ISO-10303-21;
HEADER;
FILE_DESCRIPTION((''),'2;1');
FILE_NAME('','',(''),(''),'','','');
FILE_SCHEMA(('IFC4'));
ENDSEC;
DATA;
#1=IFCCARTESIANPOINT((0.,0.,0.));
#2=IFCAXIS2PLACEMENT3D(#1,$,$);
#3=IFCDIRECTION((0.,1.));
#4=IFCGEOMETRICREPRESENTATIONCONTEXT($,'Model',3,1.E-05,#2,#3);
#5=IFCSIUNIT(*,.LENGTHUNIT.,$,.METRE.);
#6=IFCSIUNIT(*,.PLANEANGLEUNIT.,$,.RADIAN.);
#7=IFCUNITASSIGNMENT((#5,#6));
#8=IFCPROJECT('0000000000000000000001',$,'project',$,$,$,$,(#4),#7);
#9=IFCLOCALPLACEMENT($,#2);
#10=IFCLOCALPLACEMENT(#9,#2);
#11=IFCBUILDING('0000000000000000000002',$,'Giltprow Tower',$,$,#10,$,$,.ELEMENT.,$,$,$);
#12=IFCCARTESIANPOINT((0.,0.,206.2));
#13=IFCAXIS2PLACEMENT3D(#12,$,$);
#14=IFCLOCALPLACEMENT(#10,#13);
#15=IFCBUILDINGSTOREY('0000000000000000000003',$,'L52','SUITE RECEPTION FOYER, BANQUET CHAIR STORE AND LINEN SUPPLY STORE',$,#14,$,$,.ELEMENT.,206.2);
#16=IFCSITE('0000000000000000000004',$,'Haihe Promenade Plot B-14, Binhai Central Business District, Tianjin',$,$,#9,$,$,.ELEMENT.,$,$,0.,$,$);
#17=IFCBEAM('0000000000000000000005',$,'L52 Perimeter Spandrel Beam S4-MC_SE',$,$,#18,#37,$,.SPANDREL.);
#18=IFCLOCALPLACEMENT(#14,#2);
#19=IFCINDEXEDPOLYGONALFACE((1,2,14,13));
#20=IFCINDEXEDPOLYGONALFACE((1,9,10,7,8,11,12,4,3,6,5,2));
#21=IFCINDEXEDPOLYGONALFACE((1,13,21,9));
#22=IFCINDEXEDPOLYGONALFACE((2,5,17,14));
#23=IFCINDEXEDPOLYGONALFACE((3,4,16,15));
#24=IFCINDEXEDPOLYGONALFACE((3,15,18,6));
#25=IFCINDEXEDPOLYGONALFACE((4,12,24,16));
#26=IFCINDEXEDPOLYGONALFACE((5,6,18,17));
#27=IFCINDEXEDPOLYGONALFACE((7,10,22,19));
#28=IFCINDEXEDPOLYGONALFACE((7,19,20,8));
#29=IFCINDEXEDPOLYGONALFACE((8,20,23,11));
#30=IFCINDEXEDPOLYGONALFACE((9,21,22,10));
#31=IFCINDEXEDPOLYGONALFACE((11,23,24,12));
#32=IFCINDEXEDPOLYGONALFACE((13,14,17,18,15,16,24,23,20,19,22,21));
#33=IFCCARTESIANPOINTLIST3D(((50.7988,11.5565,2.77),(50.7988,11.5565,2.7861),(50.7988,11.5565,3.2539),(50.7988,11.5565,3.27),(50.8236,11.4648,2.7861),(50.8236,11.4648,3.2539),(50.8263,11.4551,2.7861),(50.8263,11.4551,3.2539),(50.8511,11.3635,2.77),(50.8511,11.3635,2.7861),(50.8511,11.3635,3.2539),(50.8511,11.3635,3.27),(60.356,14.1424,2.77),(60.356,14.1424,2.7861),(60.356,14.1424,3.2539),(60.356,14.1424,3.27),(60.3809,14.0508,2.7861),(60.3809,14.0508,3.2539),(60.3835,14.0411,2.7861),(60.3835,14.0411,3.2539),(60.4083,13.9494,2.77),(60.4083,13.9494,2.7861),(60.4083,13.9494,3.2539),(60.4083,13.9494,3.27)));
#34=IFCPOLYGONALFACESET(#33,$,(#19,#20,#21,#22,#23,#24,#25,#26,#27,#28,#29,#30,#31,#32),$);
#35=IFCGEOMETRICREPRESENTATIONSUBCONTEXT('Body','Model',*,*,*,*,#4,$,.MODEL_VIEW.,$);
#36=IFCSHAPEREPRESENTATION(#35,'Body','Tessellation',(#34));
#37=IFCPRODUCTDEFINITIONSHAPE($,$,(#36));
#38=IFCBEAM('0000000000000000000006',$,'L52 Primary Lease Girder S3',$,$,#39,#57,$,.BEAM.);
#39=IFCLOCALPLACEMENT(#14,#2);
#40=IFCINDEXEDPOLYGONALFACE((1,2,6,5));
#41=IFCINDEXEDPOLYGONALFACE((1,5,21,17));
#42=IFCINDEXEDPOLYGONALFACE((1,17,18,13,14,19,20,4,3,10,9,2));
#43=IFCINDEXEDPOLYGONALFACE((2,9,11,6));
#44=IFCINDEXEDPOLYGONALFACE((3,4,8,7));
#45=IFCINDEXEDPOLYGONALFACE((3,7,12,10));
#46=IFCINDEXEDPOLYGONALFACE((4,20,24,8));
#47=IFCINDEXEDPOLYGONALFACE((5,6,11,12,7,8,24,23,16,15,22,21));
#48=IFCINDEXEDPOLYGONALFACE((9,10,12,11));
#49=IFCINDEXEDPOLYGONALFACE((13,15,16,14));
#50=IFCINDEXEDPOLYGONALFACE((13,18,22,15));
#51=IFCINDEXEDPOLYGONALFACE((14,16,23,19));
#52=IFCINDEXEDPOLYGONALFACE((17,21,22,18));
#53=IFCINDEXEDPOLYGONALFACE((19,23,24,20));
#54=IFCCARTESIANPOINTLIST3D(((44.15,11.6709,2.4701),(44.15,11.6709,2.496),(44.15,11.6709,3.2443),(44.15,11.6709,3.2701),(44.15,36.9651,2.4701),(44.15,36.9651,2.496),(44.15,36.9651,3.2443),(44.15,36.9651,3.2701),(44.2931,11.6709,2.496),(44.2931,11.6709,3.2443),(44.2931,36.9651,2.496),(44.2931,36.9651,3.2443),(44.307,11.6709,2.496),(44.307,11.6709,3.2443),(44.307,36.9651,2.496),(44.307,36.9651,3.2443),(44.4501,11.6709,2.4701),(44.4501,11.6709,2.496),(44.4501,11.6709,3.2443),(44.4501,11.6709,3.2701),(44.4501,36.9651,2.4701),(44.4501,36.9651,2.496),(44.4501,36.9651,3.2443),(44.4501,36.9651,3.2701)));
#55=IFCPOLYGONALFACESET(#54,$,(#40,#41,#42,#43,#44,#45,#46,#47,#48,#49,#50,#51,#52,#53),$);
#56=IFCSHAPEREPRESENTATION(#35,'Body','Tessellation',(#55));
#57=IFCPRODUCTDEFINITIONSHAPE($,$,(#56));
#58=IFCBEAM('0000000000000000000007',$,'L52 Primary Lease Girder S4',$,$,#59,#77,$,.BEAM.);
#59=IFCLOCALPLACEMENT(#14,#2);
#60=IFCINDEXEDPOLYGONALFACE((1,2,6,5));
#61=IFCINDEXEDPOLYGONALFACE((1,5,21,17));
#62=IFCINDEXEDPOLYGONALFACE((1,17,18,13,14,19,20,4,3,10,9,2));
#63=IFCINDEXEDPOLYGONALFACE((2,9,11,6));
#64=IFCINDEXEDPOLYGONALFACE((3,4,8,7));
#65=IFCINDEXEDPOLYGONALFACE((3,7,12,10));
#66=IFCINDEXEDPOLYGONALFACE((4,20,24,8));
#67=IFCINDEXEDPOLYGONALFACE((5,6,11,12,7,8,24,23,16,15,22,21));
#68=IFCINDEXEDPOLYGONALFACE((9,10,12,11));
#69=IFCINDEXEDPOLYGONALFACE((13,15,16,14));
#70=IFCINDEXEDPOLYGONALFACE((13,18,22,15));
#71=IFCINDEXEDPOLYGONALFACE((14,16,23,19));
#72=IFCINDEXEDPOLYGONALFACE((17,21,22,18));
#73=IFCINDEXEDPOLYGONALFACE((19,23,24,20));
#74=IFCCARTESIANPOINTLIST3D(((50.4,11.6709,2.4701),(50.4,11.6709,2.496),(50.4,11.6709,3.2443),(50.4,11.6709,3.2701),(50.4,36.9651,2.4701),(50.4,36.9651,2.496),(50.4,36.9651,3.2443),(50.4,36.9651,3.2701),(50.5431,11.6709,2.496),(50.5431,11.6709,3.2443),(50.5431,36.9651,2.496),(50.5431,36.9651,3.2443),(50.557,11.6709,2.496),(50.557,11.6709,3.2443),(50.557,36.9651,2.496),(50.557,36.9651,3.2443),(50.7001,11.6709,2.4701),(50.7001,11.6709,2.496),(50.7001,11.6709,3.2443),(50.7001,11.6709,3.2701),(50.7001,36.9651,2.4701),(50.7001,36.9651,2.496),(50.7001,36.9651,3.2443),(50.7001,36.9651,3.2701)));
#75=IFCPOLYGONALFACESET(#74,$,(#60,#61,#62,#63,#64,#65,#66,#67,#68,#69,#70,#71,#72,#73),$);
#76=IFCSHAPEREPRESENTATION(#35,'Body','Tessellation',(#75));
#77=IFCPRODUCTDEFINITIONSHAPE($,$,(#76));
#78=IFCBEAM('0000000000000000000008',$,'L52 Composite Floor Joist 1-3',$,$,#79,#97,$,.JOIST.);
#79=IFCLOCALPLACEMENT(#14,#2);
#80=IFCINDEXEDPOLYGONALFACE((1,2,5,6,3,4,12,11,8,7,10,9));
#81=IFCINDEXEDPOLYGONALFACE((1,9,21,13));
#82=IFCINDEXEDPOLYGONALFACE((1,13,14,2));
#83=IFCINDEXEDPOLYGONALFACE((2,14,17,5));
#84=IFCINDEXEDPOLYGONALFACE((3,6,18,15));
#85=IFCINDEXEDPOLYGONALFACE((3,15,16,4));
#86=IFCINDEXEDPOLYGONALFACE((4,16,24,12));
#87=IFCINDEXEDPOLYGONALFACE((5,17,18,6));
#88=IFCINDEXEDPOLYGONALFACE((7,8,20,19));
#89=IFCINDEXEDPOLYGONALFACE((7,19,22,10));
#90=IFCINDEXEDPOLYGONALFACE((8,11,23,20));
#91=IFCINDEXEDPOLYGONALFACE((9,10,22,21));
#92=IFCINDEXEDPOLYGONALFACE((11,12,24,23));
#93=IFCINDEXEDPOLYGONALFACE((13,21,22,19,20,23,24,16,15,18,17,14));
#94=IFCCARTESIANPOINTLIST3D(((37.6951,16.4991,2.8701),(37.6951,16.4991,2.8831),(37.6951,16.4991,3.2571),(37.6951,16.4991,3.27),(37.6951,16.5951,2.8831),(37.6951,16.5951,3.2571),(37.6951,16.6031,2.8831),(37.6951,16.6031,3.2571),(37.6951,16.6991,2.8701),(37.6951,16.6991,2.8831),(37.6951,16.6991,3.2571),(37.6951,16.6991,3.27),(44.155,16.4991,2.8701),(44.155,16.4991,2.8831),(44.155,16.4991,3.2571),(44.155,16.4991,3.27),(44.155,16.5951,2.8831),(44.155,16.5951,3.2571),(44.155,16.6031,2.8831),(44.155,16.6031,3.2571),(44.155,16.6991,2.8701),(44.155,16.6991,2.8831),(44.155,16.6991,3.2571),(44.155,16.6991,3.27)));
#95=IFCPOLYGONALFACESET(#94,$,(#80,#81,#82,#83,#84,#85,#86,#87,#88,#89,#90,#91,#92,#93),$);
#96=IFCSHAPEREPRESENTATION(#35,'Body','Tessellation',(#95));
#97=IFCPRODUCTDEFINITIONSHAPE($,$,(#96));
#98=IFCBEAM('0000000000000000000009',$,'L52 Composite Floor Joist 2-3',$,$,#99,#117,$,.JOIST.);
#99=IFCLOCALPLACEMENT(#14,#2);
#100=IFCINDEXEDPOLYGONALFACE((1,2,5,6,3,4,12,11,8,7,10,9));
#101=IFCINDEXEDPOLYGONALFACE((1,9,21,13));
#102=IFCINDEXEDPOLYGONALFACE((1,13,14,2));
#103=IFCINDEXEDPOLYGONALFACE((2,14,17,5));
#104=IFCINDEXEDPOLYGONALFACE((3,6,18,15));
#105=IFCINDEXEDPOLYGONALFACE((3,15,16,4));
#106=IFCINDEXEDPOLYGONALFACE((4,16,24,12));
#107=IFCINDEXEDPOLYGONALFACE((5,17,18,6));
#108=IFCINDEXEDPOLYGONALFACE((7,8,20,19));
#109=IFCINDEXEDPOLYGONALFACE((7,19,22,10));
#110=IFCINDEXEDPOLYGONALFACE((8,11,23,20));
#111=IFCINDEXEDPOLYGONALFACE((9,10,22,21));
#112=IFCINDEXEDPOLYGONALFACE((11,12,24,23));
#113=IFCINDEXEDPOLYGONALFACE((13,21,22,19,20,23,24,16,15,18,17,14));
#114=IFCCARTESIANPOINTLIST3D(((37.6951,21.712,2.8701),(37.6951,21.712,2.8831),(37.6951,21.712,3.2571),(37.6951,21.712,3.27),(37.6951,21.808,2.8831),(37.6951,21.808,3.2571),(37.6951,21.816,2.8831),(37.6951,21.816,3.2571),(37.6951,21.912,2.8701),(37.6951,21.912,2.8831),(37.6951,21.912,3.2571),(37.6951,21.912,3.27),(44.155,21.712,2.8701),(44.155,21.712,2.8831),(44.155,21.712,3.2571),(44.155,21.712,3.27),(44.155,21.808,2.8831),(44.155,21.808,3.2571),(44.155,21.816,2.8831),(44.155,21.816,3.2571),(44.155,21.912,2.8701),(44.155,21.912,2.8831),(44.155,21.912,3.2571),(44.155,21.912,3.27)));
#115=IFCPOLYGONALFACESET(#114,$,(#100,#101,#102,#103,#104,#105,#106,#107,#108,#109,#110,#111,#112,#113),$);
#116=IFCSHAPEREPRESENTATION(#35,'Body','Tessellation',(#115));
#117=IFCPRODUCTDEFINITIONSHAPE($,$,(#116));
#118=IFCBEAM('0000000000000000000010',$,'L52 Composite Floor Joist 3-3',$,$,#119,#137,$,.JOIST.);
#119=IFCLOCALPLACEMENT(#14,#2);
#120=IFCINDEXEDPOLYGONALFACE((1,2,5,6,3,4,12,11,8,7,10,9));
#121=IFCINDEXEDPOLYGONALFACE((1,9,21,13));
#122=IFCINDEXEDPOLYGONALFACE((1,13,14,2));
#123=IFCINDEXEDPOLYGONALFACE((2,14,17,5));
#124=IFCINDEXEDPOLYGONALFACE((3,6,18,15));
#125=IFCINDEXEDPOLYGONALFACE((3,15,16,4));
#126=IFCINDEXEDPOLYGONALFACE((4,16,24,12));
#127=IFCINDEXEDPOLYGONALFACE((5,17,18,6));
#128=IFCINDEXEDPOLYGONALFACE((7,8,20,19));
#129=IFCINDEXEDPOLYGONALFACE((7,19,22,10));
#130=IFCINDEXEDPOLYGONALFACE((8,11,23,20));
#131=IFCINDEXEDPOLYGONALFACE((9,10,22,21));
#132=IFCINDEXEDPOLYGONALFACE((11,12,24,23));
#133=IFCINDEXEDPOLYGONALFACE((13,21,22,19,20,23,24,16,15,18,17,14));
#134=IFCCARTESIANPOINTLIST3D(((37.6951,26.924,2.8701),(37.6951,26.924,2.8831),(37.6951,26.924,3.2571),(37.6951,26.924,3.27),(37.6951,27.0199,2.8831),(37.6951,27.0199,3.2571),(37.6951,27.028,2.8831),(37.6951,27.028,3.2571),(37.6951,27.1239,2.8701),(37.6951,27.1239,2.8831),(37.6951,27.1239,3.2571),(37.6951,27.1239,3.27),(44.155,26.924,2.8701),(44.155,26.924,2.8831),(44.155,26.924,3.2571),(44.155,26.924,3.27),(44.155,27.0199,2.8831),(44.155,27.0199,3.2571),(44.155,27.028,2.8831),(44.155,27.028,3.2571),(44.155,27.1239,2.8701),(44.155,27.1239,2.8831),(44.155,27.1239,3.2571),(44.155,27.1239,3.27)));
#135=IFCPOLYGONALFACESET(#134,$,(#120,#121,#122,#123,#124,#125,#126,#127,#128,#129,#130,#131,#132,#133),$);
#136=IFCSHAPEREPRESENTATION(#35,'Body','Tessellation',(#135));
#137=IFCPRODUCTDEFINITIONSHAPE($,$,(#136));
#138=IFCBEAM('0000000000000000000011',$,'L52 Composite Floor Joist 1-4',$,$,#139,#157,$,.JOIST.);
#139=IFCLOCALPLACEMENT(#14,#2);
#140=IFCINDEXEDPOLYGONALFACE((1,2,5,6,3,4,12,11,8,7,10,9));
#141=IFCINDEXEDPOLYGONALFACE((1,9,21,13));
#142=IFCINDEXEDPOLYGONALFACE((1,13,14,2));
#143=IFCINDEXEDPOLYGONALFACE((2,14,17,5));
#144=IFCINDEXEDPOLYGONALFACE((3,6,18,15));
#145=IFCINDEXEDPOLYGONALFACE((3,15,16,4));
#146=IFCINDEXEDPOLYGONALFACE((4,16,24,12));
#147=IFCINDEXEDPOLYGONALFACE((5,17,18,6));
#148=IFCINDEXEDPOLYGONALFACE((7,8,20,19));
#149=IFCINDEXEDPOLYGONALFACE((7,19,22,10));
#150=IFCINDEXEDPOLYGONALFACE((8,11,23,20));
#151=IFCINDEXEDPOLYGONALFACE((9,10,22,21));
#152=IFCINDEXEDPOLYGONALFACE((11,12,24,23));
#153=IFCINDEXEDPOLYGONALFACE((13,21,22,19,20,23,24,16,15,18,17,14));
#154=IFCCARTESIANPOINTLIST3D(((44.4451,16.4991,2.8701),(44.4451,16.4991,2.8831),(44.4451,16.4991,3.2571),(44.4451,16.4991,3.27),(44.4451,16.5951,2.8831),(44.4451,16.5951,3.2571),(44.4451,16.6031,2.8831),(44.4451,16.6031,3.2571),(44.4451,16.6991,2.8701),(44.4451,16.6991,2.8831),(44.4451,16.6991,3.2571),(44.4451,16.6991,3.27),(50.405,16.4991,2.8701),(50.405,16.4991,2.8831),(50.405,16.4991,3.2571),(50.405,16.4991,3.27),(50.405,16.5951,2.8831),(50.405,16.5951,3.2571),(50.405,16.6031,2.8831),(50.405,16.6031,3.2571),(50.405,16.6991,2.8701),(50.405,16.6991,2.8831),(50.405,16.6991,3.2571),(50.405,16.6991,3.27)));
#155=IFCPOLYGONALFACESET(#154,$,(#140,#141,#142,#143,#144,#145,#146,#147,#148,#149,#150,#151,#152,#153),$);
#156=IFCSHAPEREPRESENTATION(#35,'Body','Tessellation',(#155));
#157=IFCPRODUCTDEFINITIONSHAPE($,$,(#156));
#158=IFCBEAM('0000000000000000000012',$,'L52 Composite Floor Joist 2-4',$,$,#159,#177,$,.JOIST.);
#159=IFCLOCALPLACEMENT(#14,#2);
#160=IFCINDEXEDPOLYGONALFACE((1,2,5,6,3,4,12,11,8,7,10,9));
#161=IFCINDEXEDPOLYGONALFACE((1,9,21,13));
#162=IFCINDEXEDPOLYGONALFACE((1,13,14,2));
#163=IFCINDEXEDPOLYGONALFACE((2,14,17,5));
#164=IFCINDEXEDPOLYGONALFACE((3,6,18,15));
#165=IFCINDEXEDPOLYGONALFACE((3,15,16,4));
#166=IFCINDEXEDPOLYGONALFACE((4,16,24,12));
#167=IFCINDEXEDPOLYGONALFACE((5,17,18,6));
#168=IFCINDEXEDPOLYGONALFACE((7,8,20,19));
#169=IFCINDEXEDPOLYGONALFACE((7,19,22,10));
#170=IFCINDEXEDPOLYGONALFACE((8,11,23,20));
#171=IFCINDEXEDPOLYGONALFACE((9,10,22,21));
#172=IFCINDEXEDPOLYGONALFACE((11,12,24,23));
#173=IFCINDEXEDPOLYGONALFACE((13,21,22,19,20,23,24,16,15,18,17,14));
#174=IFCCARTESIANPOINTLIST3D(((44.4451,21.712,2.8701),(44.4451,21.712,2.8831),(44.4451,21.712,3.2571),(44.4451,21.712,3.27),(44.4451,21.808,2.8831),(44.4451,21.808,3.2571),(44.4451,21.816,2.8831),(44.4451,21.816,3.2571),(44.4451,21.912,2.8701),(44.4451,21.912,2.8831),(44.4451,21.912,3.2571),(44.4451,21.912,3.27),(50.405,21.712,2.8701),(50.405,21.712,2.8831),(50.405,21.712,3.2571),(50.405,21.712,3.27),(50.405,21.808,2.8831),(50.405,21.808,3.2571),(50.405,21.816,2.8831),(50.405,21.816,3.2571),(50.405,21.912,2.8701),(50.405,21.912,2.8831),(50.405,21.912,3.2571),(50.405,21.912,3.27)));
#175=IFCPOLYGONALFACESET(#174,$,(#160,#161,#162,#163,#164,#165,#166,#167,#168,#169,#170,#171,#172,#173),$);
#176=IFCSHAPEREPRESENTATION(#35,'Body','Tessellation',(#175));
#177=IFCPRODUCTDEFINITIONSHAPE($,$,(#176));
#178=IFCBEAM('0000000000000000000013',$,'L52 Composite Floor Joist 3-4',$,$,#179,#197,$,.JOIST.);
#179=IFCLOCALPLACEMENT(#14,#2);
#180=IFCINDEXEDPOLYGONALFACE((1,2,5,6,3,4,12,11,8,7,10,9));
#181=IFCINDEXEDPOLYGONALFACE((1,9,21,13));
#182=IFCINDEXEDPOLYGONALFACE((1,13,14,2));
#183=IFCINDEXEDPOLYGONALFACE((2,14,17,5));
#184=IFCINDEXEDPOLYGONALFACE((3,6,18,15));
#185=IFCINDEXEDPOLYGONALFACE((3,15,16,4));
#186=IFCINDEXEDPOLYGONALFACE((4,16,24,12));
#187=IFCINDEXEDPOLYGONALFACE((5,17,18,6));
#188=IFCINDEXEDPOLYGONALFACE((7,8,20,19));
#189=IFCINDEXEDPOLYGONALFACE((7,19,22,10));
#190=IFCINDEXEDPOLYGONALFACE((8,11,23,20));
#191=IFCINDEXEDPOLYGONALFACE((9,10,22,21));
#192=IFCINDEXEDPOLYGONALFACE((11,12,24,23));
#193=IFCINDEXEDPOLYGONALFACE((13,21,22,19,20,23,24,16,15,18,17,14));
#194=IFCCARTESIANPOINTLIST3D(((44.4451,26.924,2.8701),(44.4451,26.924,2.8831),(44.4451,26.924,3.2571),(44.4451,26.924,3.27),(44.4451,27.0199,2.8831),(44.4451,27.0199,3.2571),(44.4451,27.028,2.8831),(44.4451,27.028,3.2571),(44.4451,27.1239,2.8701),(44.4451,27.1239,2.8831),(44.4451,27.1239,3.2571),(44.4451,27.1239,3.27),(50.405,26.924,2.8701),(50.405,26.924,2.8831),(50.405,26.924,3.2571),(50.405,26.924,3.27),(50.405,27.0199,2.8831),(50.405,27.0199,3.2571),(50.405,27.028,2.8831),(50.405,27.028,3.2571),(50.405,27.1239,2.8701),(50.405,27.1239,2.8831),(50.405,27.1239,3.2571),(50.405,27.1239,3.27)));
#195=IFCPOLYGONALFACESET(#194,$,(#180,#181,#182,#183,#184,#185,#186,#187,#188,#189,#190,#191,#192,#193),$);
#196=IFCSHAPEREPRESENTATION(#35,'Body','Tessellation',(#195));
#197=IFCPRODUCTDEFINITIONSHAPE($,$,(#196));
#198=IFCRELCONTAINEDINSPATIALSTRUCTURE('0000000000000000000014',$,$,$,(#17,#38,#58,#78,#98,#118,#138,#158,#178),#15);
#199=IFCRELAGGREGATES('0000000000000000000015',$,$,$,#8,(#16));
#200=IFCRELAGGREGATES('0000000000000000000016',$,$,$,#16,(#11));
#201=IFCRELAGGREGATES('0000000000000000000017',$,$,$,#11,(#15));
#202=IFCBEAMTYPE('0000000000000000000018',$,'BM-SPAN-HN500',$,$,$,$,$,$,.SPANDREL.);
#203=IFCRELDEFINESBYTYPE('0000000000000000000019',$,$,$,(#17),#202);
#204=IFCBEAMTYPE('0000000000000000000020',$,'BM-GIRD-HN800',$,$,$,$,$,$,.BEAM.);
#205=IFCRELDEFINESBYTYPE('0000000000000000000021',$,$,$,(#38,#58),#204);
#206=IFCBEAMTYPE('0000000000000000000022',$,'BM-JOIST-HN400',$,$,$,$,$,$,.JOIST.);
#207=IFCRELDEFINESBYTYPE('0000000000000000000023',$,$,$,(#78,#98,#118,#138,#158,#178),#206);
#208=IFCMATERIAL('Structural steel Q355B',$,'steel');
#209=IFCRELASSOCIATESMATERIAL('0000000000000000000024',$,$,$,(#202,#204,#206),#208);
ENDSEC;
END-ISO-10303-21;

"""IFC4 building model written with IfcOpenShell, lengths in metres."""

from ifc_helpers import new_model, si_unit, direction, frame, origin, origin_2d, place, context, subcontext, project, spatial, i_section, extrude, source, transform, mapped, material, material_profile, profile_set, type_object, element, save


model = new_model("IFC4")

# Units and contexts
model_context = context("Model", 3, precision=1e-05, world=origin(), true_north=direction((0.0, 1.0)))
body_context = subcontext(model_context, "Body", "Model", "MODEL_VIEW")
ifc_project = project(units=[si_unit("LENGTHUNIT", "METRE"), si_unit("PLANEANGLEUNIT", "RADIAN")], contexts=[model_context])

# Site, building, storey
site_placement = place(None, origin())
site = spatial("IfcSite", under=ifc_project, at=site_placement, Name="Haihe Promenade Plot B-14, Binhai Central Business District, Tianjin", CompositionType="ELEMENT", RefElevation=0.0)
building_placement = place(site_placement, origin())
building = spatial("IfcBuilding", under=site, at=building_placement, Name="Giltprow Tower", CompositionType="ELEMENT")
storey_placement = place(building_placement, frame((0.0, 0.0, 206.2)))
storey = spatial("IfcBuildingStorey", under=building, at=storey_placement, Name="L52", Description="SUITE RECEPTION FOYER, BANQUET CHAIR STORE AND LINEN SUPPLY STORE", CompositionType="ELEMENT", Elevation=206.2)

# Beams
ifc_material_1 = material(Name="Structural steel Q355B", Category="steel")
ifc_material_profile_1 = material_profile(ifc_material_1, i_section(OverallWidth=0.2, OverallDepth=0.5, WebThickness=0.01, FlangeThickness=0.0161, at=origin_2d()), Name="HN 500x200x10x16")
ifc_profile_set_1 = profile_set([ifc_material_profile_1], Name="Structural steel Q355B")
beam_type_1 = type_object("IfcBeamType", Name="BM-SPAN-HN500", PredefinedType="SPANDREL", material=ifc_profile_set_1)
shared_shape_1 = source(origin(), body_context, "Body", "SweptSolid", [
    extrude(i_section(OverallWidth=0.2, OverallDepth=0.5, WebThickness=0.01, FlangeThickness=0.0161, at=origin_2d()), origin(), (0.0, 0.0, 1.0), 9.9009),
])
beam_1_placement = place(storey_placement, frame((50.825, 11.46, 3.02), z_axis=(0.965289, 0.261185, 0.0), x_axis=(-0.261185, 0.965289, 0.0)))
element("IfcBeam", 1, at=beam_1_placement, inside=storey, type_object=beam_type_1, Name="L52 Perimeter Spandrel Beam S4-MC_SE", PredefinedType="SPANDREL", context=body_context, shape_type="MappedRepresentation", body=[
    mapped(shared_shape_1, transform((0.0, 0.0, 0.0), x_axis=(1.0, 0.0, 0.0), y_axis=(0.0, 1.0, 0.0), z_axis=(0.0, 0.0, 1.0), scale=1.0)),
])
ifc_material_profile_2 = material_profile(ifc_material_1, i_section(OverallWidth=0.3, OverallDepth=0.8, WebThickness=0.0139, FlangeThickness=0.0259, at=origin_2d()), Name="HN 800x300x14x26")
ifc_profile_set_2 = profile_set([ifc_material_profile_2], Name="Structural steel Q355B")
beam_type_2 = type_object("IfcBeamType", Name="BM-GIRD-HN800", PredefinedType="BEAM", material=ifc_profile_set_2)
shared_shape_2 = source(origin(), body_context, "Body", "SweptSolid", [
    extrude(i_section(OverallWidth=0.3, OverallDepth=0.8, WebThickness=0.0139, FlangeThickness=0.0259, at=origin_2d()), origin(), (0.0, 0.0, 1.0), 25.2942),
])
for number, where, z_axis, x_axis, name in (
    (2, (44.3, 11.6709, 2.8701), (0.0, 1.0, 0.0), (-1.0, 0.0, 0.0), "L52 Primary Lease Girder S3"),
    (3, (50.55, 11.6709, 2.8701), (0.0, 1.0, 0.0), (-1.0, 0.0, 0.0), "L52 Primary Lease Girder S4"),
):
    element("IfcBeam", number, at=place(storey_placement, frame(where, z_axis=z_axis, x_axis=x_axis)), inside=storey, type_object=beam_type_2, Name=name, PredefinedType="BEAM", context=body_context, shape_type="MappedRepresentation", body=[
        mapped(shared_shape_2, transform((0.0, 0.0, 0.0), x_axis=(1.0, 0.0, 0.0), y_axis=(0.0, 1.0, 0.0), z_axis=(0.0, 0.0, 1.0), scale=1.0)),
    ])
ifc_material_profile_3 = material_profile(ifc_material_1, i_section(OverallWidth=0.2, OverallDepth=0.3999, WebThickness=0.0081, FlangeThickness=0.0129, at=origin_2d()), Name="HN 400x200x8x13")
ifc_profile_set_3 = profile_set([ifc_material_profile_3], Name="Structural steel Q355B")
beam_type_3 = type_object("IfcBeamType", Name="BM-JOIST-HN400", PredefinedType="JOIST", material=ifc_profile_set_3)
shared_shape_3 = source(origin(), body_context, "Body", "SweptSolid", [
    extrude(i_section(OverallWidth=0.2, OverallDepth=0.3999, WebThickness=0.0081, FlangeThickness=0.0129, at=origin_2d()), origin(), (0.0, 0.0, 1.0), 6.46),
])
for number, where, z_axis, x_axis, name in (
    (4, (37.6951, 16.5991, 3.0701), (1.0, 0.0, 0.0), (0.0, 1.0, 0.0), "L52 Composite Floor Joist 1-3"),
    (5, (37.6951, 21.812, 3.0701), (1.0, 0.0, 0.0), (0.0, 1.0, 0.0), "L52 Composite Floor Joist 2-3"),
    (6, (37.6951, 27.0239, 3.0701), (1.0, 0.0, 0.0), (0.0, 1.0, 0.0), "L52 Composite Floor Joist 3-3"),
):
    element("IfcBeam", number, at=place(storey_placement, frame(where, z_axis=z_axis, x_axis=x_axis)), inside=storey, type_object=beam_type_3, Name=name, PredefinedType="JOIST", context=body_context, shape_type="MappedRepresentation", body=[
        mapped(shared_shape_3, transform((0.0, 0.0, 0.0), x_axis=(1.0, 0.0, 0.0), y_axis=(0.0, 1.0, 0.0), z_axis=(0.0, 0.0, 1.0), scale=1.0)),
    ])
shared_shape_4 = source(origin(), body_context, "Body", "SweptSolid", [
    extrude(i_section(OverallWidth=0.2, OverallDepth=0.3999, WebThickness=0.0081, FlangeThickness=0.0129, at=origin_2d()), origin(), (0.0, 0.0, 1.0), 5.96),
])
for number, where, z_axis, x_axis, name in (
    (7, (44.4451, 16.5991, 3.0701), (1.0, 0.0, 0.0), (0.0, 1.0, 0.0), "L52 Composite Floor Joist 1-4"),
    (8, (44.4451, 21.812, 3.0701), (1.0, 0.0, 0.0), (0.0, 1.0, 0.0), "L52 Composite Floor Joist 2-4"),
    (9, (44.4451, 27.0239, 3.0701), (1.0, 0.0, 0.0), (0.0, 1.0, 0.0), "L52 Composite Floor Joist 3-4"),
):
    element("IfcBeam", number, at=place(storey_placement, frame(where, z_axis=z_axis, x_axis=x_axis)), inside=storey, type_object=beam_type_3, Name=name, PredefinedType="JOIST", context=body_context, shape_type="MappedRepresentation", body=[
        mapped(shared_shape_4, transform((0.0, 0.0, 0.0), x_axis=(1.0, 0.0, 0.0), y_axis=(0.0, 1.0, 0.0), z_axis=(0.0, 0.0, 1.0), scale=1.0)),
    ])

save(model, "model.ifc")
